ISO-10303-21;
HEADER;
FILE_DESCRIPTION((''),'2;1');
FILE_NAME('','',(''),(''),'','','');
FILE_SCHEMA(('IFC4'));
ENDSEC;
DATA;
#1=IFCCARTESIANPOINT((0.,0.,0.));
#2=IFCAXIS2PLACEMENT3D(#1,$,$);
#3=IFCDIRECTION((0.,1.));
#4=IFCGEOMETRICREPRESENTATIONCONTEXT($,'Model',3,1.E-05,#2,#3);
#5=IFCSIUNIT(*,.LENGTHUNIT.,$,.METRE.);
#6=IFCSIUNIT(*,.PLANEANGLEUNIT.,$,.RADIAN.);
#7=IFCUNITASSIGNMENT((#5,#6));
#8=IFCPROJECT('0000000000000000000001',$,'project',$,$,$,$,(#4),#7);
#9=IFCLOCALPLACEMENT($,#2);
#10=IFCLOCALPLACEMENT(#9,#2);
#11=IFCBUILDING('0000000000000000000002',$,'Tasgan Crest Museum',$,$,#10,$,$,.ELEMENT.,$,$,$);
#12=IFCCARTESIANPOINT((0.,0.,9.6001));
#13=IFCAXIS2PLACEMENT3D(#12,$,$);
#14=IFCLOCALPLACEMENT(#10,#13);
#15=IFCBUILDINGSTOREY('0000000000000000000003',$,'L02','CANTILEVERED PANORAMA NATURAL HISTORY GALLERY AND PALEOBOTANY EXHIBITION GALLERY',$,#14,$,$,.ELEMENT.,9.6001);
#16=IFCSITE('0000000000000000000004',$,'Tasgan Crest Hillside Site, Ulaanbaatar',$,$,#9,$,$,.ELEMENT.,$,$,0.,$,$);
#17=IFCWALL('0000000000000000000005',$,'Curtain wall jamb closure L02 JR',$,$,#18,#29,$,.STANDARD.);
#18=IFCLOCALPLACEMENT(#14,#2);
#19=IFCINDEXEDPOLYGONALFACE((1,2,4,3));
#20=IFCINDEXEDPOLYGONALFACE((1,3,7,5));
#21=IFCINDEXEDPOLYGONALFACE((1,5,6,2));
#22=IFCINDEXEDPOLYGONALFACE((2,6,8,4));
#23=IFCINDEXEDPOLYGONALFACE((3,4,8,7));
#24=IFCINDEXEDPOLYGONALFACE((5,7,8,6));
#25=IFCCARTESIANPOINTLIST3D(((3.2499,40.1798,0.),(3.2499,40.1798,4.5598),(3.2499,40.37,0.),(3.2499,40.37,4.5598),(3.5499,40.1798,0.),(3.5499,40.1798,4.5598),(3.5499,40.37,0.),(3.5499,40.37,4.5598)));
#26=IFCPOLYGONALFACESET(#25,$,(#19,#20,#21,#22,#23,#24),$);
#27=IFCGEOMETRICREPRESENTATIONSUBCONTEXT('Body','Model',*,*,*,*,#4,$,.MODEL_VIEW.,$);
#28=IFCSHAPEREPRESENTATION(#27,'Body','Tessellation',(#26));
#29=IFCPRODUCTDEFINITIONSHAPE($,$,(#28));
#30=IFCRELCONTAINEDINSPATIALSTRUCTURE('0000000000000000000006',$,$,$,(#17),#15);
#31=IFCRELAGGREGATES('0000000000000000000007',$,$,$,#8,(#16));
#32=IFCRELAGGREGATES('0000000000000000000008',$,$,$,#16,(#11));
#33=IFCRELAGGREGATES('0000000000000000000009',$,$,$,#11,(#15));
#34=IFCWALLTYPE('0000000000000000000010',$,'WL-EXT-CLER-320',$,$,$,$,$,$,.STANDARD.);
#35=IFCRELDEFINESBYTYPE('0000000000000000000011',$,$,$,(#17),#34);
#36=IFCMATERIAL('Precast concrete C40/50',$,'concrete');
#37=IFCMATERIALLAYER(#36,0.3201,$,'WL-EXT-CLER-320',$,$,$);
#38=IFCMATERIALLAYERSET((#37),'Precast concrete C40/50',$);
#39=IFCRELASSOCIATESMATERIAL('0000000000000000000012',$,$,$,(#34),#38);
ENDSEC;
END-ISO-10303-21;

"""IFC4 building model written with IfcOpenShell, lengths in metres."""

from ifc_helpers import new_model, si_unit, direction, frame, frame_2d, origin, place, context, subcontext, project, spatial, rectangle, extrude, material, layer, layer_set, type_object, element, save


model = new_model("IFC4")

# Units and contexts
model_context = context("Model", 3, precision=1e-05, world=origin(), true_north=direction((0.0, 1.0)))
body_context = subcontext(model_context, "Body", "Model", "MODEL_VIEW")
ifc_project = project(units=[si_unit("LENGTHUNIT", "METRE"), si_unit("PLANEANGLEUNIT", "RADIAN")], contexts=[model_context])

# Site, building, storey
site_placement = place(None, origin())
site = spatial("IfcSite", under=ifc_project, at=site_placement, Name="Tasgan Crest Hillside Site, Ulaanbaatar", CompositionType="ELEMENT", RefElevation=0.0)
building_placement = place(site_placement, origin())
building = spatial("IfcBuilding", under=site, at=building_placement, Name="Tasgan Crest Museum", CompositionType="ELEMENT")
storey_placement = place(building_placement, frame((0.0, 0.0, 9.6001)))
storey = spatial("IfcBuildingStorey", under=building, at=storey_placement, Name="L02", Description="CANTILEVERED PANORAMA NATURAL HISTORY GALLERY AND PALEOBOTANY EXHIBITION GALLERY", CompositionType="ELEMENT", Elevation=9.6001)

# Wall
ifc_material_1 = material(Name="Precast concrete C40/50", Category="concrete")
ifc_layer_1 = layer(ifc_material_1, 0.3201, Name="WL-EXT-CLER-320")
ifc_layer_set_1 = layer_set([ifc_layer_1], Name="Precast concrete C40/50")
wall_type = type_object("IfcWallType", Name="WL-EXT-CLER-320", PredefinedType="STANDARD", material=ifc_layer_set_1)
wall_placement = place(storey_placement, frame((3.3999, 40.3701, 0.0), z_axis=(0.0, 0.0, 1.0), x_axis=(0.0, -1.0, 0.0)))
element("IfcWall", 1, at=wall_placement, inside=storey, type_object=wall_type, Name="Curtain wall jamb closure L02 JR", PredefinedType="STANDARD", context=body_context, shape_type="SweptSolid", body=[
    extrude(rectangle(XDim=0.1902, YDim=0.3, at=frame_2d((0.0952, 0.0))), origin(), (0.0, 0.0, 1.0), 4.5598),
])

save(model, "model.ifc")
